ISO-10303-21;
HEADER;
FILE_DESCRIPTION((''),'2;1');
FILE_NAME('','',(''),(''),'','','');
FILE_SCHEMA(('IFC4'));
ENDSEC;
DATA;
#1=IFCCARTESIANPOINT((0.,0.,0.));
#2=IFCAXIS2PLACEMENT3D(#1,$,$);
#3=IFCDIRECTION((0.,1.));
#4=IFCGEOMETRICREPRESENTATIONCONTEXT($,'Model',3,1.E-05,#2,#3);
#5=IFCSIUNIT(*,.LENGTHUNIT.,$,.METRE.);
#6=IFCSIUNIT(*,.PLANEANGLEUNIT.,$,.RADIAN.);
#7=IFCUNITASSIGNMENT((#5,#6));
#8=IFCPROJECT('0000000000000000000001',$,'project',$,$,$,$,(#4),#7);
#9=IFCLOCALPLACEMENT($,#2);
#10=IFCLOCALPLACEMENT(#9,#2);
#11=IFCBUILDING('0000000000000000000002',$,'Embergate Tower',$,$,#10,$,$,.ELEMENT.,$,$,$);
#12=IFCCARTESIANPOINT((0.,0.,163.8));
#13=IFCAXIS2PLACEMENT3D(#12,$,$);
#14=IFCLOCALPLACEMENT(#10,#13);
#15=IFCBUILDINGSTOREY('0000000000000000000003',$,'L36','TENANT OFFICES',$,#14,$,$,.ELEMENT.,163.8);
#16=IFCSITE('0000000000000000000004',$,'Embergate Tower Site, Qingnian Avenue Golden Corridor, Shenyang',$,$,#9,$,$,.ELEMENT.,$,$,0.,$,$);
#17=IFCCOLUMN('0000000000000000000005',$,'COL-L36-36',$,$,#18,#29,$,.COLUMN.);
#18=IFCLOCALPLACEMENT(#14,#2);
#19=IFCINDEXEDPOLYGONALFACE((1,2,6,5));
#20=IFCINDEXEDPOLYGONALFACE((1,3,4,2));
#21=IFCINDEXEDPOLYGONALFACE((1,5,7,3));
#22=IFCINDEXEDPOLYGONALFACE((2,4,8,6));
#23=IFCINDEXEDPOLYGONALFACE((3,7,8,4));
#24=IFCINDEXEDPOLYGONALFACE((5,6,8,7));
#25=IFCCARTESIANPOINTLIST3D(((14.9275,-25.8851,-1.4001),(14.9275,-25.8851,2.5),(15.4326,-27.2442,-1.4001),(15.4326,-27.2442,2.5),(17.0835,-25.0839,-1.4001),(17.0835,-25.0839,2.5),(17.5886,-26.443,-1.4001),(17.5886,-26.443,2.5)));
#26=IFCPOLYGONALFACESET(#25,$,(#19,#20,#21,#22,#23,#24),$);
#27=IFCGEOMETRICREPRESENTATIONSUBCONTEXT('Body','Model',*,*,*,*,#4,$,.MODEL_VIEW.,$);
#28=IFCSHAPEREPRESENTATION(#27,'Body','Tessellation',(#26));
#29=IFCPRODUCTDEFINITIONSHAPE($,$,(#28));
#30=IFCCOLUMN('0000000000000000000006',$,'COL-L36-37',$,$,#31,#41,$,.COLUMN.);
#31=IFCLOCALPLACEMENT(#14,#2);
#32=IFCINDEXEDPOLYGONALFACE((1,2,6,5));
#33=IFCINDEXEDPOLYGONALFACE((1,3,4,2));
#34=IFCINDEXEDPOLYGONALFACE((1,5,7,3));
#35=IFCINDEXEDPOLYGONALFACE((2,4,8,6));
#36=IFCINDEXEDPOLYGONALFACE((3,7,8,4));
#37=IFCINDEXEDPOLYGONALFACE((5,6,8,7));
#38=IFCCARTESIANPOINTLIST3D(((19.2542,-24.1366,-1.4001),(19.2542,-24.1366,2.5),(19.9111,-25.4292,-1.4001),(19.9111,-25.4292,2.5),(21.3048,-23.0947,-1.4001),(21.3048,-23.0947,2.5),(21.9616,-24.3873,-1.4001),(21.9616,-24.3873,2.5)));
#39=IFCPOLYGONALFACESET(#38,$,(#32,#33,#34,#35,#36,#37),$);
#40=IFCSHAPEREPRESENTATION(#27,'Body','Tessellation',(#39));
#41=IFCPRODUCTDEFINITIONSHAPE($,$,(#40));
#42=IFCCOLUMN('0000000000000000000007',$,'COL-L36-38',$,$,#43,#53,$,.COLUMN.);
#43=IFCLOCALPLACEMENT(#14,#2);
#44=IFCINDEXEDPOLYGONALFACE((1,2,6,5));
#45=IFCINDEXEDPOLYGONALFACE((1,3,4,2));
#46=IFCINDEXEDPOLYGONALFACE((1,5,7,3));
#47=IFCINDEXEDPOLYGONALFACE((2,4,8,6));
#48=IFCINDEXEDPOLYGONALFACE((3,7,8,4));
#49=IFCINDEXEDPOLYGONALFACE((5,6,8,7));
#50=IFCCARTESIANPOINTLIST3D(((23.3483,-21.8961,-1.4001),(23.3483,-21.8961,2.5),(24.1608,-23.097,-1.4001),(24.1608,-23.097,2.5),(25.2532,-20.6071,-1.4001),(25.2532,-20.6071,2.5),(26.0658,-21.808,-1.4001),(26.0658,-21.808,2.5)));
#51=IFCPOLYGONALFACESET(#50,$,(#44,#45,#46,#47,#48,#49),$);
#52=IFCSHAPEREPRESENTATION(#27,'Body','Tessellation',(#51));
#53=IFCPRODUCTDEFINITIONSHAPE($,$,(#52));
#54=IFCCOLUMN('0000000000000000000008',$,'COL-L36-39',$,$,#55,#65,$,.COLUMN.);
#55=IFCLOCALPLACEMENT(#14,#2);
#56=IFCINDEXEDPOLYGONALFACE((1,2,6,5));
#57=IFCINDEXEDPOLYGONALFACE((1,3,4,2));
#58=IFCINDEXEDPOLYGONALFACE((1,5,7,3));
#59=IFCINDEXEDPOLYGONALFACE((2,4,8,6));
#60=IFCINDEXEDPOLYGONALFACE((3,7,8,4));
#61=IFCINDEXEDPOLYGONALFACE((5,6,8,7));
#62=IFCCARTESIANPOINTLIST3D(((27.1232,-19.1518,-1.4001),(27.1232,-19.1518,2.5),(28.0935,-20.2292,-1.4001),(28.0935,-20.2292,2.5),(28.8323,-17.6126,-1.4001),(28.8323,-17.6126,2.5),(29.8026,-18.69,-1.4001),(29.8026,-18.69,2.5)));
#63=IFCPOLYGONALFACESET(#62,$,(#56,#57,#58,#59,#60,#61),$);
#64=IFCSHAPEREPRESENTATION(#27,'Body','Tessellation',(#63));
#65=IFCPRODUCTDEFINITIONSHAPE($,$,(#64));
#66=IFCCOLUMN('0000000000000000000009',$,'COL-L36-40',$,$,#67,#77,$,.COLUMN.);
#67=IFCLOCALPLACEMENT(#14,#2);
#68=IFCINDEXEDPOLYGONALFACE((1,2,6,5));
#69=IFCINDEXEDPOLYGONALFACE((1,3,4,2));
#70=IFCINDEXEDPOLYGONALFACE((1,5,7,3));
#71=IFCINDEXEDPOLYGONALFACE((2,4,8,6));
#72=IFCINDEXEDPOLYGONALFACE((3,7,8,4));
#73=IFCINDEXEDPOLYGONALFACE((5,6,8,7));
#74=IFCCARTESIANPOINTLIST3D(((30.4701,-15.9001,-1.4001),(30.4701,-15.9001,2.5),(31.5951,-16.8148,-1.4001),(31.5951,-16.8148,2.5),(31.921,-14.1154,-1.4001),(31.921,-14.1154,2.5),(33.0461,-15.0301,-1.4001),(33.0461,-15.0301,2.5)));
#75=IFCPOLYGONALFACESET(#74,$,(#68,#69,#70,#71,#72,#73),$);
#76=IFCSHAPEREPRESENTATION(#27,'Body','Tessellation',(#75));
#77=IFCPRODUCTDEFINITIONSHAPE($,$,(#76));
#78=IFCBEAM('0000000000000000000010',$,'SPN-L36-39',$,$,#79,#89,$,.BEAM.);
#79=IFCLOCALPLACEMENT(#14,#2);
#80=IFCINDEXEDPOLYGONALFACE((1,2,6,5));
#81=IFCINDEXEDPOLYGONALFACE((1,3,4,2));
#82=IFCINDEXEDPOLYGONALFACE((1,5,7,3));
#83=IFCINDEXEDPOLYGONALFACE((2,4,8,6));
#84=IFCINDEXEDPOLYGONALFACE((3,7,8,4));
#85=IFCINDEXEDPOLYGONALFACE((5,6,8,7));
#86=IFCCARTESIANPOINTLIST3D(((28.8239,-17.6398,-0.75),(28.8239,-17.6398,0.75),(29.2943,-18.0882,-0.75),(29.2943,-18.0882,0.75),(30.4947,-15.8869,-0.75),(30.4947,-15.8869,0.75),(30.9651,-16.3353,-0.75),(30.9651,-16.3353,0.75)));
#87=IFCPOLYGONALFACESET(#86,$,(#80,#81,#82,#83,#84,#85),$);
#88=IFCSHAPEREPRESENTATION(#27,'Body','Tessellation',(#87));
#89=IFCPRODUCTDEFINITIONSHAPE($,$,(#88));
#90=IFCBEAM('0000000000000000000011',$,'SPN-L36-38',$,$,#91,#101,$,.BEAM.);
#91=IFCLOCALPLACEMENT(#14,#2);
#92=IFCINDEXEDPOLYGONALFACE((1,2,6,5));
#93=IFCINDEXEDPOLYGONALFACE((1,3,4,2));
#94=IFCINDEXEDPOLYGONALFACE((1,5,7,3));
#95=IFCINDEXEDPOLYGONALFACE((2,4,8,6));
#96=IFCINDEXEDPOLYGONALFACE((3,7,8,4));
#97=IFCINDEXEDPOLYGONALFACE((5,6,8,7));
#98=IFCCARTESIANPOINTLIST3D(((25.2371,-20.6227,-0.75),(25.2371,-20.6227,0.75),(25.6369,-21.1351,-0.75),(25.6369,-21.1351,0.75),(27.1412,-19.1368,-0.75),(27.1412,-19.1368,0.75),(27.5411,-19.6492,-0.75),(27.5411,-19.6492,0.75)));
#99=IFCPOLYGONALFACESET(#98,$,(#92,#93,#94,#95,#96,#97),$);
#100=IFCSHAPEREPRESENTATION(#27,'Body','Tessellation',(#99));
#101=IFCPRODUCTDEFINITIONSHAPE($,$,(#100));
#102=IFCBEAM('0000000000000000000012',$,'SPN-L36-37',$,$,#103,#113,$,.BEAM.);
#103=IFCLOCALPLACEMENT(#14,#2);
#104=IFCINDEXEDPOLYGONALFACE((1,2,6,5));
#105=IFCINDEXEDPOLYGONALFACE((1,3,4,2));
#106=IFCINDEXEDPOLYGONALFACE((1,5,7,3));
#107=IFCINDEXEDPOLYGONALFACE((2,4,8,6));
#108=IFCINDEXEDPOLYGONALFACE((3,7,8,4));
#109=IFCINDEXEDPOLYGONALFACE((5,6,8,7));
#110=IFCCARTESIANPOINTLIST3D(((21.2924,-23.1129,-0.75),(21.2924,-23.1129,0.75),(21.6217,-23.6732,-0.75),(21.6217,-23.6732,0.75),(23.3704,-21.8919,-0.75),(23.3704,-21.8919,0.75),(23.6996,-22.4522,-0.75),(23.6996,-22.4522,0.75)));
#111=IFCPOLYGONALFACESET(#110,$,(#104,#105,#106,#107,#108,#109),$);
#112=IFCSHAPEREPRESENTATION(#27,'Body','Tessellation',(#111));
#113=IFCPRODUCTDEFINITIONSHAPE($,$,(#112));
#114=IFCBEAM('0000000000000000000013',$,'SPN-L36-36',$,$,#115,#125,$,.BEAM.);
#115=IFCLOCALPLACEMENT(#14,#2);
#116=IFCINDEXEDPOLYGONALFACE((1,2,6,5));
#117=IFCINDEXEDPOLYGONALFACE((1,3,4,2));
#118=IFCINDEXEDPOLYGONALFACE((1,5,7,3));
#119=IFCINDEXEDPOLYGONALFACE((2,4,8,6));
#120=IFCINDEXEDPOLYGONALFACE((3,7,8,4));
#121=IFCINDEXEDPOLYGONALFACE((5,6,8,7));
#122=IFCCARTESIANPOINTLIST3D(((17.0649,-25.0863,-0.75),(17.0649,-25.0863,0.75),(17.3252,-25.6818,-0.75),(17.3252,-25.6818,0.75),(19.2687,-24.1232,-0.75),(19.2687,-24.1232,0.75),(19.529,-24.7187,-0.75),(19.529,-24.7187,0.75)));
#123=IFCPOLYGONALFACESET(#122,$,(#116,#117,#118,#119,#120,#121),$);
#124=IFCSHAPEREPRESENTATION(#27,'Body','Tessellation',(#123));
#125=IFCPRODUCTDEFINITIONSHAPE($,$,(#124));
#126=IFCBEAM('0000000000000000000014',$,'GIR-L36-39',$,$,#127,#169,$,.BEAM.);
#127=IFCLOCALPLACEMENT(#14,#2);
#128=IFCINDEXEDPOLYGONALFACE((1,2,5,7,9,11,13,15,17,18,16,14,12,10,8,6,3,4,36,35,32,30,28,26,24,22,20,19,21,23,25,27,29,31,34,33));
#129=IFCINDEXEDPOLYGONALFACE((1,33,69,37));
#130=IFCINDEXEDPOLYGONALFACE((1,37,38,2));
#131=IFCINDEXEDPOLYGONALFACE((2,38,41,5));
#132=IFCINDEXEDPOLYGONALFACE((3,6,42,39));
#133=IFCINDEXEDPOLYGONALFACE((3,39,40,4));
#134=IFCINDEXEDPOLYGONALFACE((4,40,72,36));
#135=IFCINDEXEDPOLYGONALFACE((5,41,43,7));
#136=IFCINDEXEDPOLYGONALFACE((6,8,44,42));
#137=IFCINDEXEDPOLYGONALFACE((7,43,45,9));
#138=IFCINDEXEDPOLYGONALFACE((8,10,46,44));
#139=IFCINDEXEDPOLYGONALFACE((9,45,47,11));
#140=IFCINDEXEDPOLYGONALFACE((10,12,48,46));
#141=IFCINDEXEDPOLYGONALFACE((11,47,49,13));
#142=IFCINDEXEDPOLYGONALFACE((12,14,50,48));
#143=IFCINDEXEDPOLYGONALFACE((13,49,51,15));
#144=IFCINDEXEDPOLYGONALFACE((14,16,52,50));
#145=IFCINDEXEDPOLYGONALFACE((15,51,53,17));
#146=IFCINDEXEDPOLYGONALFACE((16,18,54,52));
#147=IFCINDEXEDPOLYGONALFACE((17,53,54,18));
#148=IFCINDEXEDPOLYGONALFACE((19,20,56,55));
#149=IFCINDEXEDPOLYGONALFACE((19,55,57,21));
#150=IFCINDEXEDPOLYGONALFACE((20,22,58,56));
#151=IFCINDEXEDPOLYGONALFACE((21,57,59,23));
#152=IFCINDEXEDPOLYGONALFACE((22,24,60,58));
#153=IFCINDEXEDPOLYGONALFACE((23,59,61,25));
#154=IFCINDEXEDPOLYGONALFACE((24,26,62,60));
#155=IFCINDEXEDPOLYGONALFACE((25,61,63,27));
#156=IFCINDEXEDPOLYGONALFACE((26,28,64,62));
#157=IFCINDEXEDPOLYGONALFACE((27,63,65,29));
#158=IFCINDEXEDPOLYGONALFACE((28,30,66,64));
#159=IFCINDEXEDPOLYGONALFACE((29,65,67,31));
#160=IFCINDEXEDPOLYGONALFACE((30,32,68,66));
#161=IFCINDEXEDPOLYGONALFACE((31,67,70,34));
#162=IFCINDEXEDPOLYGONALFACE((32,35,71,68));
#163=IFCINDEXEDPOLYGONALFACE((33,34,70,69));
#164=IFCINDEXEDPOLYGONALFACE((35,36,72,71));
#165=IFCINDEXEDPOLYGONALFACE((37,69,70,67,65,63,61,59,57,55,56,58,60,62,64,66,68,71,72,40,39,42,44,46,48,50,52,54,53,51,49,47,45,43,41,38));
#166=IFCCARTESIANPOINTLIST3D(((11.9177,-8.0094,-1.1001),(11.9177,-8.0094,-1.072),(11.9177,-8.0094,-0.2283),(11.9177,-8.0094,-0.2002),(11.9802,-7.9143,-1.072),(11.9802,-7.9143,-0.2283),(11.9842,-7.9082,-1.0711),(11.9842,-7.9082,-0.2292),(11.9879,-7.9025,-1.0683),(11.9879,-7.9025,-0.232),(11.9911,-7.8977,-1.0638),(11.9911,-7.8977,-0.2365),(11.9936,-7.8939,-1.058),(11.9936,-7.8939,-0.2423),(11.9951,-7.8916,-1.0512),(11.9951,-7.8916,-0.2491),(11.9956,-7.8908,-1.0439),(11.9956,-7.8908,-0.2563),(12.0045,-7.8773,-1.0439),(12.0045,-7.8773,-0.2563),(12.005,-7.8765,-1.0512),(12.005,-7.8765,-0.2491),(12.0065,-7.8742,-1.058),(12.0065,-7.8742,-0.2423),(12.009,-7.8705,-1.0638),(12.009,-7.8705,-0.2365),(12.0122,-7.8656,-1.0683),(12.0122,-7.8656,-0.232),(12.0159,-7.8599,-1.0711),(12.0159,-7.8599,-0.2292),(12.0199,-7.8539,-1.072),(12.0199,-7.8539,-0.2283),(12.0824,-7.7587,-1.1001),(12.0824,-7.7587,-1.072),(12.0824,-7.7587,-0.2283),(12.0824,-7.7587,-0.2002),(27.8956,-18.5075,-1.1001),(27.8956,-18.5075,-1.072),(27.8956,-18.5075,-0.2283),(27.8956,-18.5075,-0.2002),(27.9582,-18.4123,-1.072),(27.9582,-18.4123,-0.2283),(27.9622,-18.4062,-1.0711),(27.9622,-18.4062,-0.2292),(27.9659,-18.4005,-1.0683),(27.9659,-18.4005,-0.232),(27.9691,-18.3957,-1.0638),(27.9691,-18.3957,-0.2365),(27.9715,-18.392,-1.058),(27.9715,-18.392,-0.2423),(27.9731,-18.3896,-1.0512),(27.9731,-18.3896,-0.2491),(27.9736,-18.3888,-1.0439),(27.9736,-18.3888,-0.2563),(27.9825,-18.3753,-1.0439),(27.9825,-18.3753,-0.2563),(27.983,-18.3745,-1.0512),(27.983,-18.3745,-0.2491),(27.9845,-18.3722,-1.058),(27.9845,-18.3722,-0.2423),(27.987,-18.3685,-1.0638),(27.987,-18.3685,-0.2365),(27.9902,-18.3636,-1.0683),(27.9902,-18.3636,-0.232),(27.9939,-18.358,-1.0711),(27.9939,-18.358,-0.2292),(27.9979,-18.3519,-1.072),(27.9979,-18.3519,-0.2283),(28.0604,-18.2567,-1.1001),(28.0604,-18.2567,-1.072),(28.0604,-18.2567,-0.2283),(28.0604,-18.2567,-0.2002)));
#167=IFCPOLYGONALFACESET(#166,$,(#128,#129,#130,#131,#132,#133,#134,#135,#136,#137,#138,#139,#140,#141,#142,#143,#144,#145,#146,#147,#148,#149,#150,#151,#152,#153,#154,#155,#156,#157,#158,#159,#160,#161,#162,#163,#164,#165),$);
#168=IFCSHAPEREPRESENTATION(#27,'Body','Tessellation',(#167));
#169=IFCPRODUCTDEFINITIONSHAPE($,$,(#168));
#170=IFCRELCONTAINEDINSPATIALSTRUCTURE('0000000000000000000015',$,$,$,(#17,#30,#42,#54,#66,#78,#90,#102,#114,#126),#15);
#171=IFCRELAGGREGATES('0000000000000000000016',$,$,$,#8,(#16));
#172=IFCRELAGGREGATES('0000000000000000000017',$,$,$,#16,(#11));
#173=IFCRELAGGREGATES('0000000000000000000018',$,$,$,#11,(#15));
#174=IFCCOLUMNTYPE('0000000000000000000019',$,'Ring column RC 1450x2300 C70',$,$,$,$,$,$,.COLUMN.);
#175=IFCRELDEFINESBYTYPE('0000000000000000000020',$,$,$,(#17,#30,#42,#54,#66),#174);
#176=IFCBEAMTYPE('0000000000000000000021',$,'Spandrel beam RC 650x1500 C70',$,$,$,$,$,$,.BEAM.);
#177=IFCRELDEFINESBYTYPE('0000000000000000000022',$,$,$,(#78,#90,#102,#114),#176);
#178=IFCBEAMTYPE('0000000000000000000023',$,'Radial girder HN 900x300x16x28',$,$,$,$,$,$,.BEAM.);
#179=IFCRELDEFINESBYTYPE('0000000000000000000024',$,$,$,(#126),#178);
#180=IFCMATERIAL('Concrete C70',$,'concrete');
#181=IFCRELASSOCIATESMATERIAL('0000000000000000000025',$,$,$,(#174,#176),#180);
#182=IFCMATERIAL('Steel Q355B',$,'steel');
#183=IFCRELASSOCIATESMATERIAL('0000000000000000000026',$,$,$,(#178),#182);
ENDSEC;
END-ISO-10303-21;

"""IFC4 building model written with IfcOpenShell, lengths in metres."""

from ifc_helpers import new_model, si_unit, direction, frame, origin, origin_2d, place, context, subcontext, project, spatial, rectangle, i_section, extrude, source, transform, mapped, material, material_profile, profile_set, type_object, element, save


model = new_model("IFC4")

# Units and contexts
model_context = context("Model", 3, precision=1e-05, world=origin(), true_north=direction((0.0, 1.0)))
body_context = subcontext(model_context, "Body", "Model", "MODEL_VIEW")
ifc_project = project(units=[si_unit("LENGTHUNIT", "METRE"), si_unit("PLANEANGLEUNIT", "RADIAN")], contexts=[model_context])

# Site, building, storey
site_placement = place(None, origin())
site = spatial("IfcSite", under=ifc_project, at=site_placement, Name="Embergate Tower Site, Qingnian Avenue Golden Corridor, Shenyang", CompositionType="ELEMENT", RefElevation=0.0)
building_placement = place(site_placement, origin())
building = spatial("IfcBuilding", under=site, at=building_placement, Name="Embergate Tower", CompositionType="ELEMENT")
storey_placement = place(building_placement, frame((0.0, 0.0, 163.8)))
storey = spatial("IfcBuildingStorey", under=building, at=storey_placement, Name="L36", Description="TENANT OFFICES", CompositionType="ELEMENT", Elevation=163.8)

# Columns
ifc_material_1 = material(Name="Concrete C70", Category="concrete")
ifc_material_profile_1 = material_profile(ifc_material_1, rectangle(XDim=1.45, YDim=2.3, at=origin_2d()), Name="RC 1450x2300")
ifc_profile_set_1 = profile_set([ifc_material_profile_1], Name="Concrete C70")
column_type = type_object("IfcColumnType", Name="Ring column RC 1450x2300 C70", PredefinedType="COLUMN", material=ifc_profile_set_1)
shared_shape_1 = source(origin(), body_context, "Body", "SweptSolid", [
    extrude(rectangle(XDim=1.45, YDim=2.3, at=origin_2d()), origin(), (0.0, 0.0, 1.0), 3.9001),
])
for number, where, z_axis, x_axis, name in (
    (1, (16.2581, -26.1641, -1.4001), (0.0, 0.0, 1.0), (0.348343, -0.937367, 0.0), "COL-L36-36"),
    (2, (20.6079, -24.262, -1.4001), (0.0, 0.0, 1.0), (0.452995, -0.891513, 0.0), "COL-L36-37"),
    (3, (24.707, -21.8521, -1.4001), (0.0, 0.0, 1.0), (0.560393, -0.828227, 0.0), "COL-L36-38"),
    (4, (28.4629, -18.9209, -1.4001), (0.0, 0.0, 1.0), (0.669208, -0.743075, 0.0), "COL-L36-39"),
    (5, (31.7581, -15.4651, -1.4001), (0.0, 0.0, 1.0), (0.775914, -0.630838, 0.0), "COL-L36-40"),
):
    element("IfcColumn", number, at=place(storey_placement, frame(where, z_axis=z_axis, x_axis=x_axis)), inside=storey, type_object=column_type, Name=name, PredefinedType="COLUMN", context=body_context, shape_type="MappedRepresentation", body=[
        mapped(shared_shape_1, transform((0.0, 0.0, 0.0))),
    ])

# Beams
ifc_material_profile_2 = material_profile(ifc_material_1, rectangle(XDim=0.6499, YDim=1.5, at=origin_2d()), Name="RC 650x1500")
ifc_profile_set_2 = profile_set([ifc_material_profile_2], Name="Concrete C70")
beam_type_1 = type_object("IfcBeamType", Name="Spandrel beam RC 650x1500 C70", PredefinedType="BEAM", material=ifc_profile_set_2)
shared_shape_2 = source(origin(), body_context, "Body", "SweptSolid", [
    extrude(rectangle(XDim=0.6499, YDim=1.5, at=origin_2d()), origin(), (0.0, 0.0, 1.0), 2.4216),
])
beam_1_placement = place(storey_placement, frame((29.0591, -17.864, 0.0), z_axis=(0.689967, 0.723841, 0.0), x_axis=(-0.723841, 0.689967, 0.0)))
element("IfcBeam", 6, at=beam_1_placement, inside=storey, type_object=beam_type_1, Name="SPN-L36-39", PredefinedType="BEAM", context=body_context, shape_type="MappedRepresentation", body=[
    mapped(shared_shape_2, transform((0.0, 0.0, 0.0))),
])
shared_shape_3 = source(origin(), body_context, "Body", "SweptSolid", [
    extrude(rectangle(XDim=0.6499, YDim=1.5, at=origin_2d()), origin(), (0.0, 0.0, 1.0), 2.4153),
])
beam_2_placement = place(storey_placement, frame((25.437, -20.8789, 0.0), z_axis=(0.788366, 0.615207, 0.0), x_axis=(-0.615207, 0.788366, 0.0)))
element("IfcBeam", 7, at=beam_2_placement, inside=storey, type_object=beam_type_1, Name="SPN-L36-38", PredefinedType="BEAM", context=body_context, shape_type="MappedRepresentation", body=[
    mapped(shared_shape_3, transform((0.0, 0.0, 0.0))),
])
shared_shape_4 = source(origin(), body_context, "Body", "SweptSolid", [
    extrude(rectangle(XDim=0.6499, YDim=1.5, at=origin_2d()), origin(), (0.0, 0.0, 1.0), 2.4102),
])
beam_3_placement = place(storey_placement, frame((21.457, -23.3931, 0.0), z_axis=(0.862176, 0.506608, 0.0), x_axis=(-0.506608, 0.862176, 0.0)))
element("IfcBeam", 8, at=beam_3_placement, inside=storey, type_object=beam_type_1, Name="SPN-L36-37", PredefinedType="BEAM", context=body_context, shape_type="MappedRepresentation", body=[
    mapped(shared_shape_4, transform((0.0, 0.0, 0.0))),
])
shared_shape_5 = source(origin(), body_context, "Body", "SweptSolid", [
    extrude(rectangle(XDim=0.6499, YDim=1.5, at=origin_2d()), origin(), (0.0, 0.0, 1.0), 2.405),
])
beam_4_placement = place(storey_placement, frame((17.1951, -25.384, 0.0), z_axis=(0.916318, 0.400451, 0.0), x_axis=(-0.400451, 0.916318, 0.0)))
element("IfcBeam", 9, at=beam_4_placement, inside=storey, type_object=beam_type_1, Name="SPN-L36-36", PredefinedType="BEAM", context=body_context, shape_type="MappedRepresentation", body=[
    mapped(shared_shape_5, transform((0.0, 0.0, 0.0))),
])
ifc_material_2 = material(Name="Steel Q355B", Category="steel")
ifc_material_profile_3 = material_profile(ifc_material_2, i_section(OverallWidth=0.3, OverallDepth=0.8999, WebThickness=0.0161, FlangeThickness=0.0281, FilletRadius=0.0281, at=origin_2d()), Name="HN 900x300x16x28")
ifc_profile_set_3 = profile_set([ifc_material_profile_3], Name="Steel Q355 grade B")
beam_type_2 = type_object("IfcBeamType", Name="Radial girder HN 900x300x16x28", PredefinedType="BEAM", material=ifc_profile_set_3)
shared_shape_6 = source(origin(), body_context, "Body", "SweptSolid", [
    extrude(i_section(OverallWidth=0.3, OverallDepth=0.8999, WebThickness=0.0161, FlangeThickness=0.0281, FilletRadius=0.0281, at=origin_2d()), origin(), (0.0, 0.0, 1.0), 19.1182),
])
beam_5_placement = place(storey_placement, frame((27.978, -18.3821, -0.6501), z_axis=(-0.835749, 0.549112, 0.0), x_axis=(-0.549112, -0.835749, 0.0)))
element("IfcBeam", 10, at=beam_5_placement, inside=storey, type_object=beam_type_2, Name="GIR-L36-39", PredefinedType="BEAM", context=body_context, shape_type="MappedRepresentation", body=[
    mapped(shared_shape_6, transform((0.0, 0.0, 0.0))),
])

save(model, "model.ifc")
